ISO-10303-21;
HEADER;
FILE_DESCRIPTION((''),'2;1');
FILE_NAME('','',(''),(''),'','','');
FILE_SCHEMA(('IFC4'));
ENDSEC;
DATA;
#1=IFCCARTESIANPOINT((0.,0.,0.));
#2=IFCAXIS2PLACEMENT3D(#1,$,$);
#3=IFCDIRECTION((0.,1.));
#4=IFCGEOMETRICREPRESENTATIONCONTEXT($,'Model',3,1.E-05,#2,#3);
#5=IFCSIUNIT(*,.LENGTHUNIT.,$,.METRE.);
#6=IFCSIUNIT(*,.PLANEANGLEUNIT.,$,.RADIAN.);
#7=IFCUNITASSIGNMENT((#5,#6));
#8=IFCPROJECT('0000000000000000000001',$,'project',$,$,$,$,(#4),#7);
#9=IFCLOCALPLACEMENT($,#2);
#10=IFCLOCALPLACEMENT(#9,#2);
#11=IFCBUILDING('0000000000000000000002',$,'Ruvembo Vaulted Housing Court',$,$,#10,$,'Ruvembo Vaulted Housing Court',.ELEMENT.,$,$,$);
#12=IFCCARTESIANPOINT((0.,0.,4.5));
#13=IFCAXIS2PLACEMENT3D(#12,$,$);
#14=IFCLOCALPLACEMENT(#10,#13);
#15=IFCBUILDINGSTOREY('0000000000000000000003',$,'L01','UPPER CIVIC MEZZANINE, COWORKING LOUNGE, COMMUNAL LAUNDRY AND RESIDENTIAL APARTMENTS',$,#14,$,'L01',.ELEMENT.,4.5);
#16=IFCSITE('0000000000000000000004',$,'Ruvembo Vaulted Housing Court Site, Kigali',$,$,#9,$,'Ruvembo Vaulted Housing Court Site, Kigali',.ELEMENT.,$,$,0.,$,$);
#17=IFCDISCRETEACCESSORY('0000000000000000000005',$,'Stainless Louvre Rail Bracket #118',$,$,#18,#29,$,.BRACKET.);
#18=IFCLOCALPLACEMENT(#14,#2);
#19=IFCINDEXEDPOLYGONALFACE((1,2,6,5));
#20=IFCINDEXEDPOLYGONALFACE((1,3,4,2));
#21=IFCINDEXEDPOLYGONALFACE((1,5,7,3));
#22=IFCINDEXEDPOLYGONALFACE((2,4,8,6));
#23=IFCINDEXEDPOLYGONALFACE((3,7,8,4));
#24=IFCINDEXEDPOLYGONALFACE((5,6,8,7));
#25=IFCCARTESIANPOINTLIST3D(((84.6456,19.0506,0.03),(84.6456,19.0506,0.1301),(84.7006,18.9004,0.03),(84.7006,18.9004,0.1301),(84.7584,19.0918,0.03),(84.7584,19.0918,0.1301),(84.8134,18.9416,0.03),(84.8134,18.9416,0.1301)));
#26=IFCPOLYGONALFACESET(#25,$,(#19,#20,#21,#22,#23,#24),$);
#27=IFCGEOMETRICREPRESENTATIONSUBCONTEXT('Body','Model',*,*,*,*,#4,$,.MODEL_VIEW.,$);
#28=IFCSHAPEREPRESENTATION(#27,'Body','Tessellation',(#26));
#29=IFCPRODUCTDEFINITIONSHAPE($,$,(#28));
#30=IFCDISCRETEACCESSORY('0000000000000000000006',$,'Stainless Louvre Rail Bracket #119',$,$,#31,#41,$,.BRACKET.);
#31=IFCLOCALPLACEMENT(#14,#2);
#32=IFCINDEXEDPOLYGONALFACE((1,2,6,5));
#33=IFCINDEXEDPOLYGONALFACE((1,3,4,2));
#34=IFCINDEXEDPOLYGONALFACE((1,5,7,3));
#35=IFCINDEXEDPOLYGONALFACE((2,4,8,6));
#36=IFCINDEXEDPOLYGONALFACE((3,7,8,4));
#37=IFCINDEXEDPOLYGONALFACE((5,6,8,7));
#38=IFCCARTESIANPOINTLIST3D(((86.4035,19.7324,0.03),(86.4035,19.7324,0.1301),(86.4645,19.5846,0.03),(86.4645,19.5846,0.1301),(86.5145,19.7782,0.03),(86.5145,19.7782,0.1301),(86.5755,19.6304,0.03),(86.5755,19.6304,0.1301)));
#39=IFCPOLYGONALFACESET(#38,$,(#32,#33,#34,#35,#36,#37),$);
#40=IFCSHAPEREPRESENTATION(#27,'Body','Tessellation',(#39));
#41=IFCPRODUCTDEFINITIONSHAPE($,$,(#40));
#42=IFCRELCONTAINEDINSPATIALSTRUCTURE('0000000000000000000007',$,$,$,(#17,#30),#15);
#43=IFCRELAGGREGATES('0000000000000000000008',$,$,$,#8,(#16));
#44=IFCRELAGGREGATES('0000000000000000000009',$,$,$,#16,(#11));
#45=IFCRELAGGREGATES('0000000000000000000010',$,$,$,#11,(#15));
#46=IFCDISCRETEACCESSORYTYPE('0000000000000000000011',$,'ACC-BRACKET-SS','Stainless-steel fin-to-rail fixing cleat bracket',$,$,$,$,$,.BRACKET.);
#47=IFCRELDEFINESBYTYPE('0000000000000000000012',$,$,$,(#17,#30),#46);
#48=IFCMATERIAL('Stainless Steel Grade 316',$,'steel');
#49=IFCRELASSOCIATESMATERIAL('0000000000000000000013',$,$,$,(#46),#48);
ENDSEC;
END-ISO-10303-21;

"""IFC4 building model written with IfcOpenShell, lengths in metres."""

from ifc_helpers import new_model, si_unit, direction, frame, origin, origin_2d, place, context, subcontext, project, spatial, rectangle, extrude, material, type_object, element, save


model = new_model("IFC4")

# Units and contexts
model_context = context("Model", 3, precision=1e-05, world=origin(), true_north=direction((0.0, 1.0)))
body_context = subcontext(model_context, "Body", "Model", "MODEL_VIEW")
ifc_project = project(units=[si_unit("LENGTHUNIT", "METRE"), si_unit("PLANEANGLEUNIT", "RADIAN")], contexts=[model_context])

# Site, building, storey
site_placement = place(None, origin())
site = spatial("IfcSite", under=ifc_project, at=site_placement, Name="Ruvembo Vaulted Housing Court Site, Kigali", LongName="Ruvembo Vaulted Housing Court Site, Kigali", CompositionType="ELEMENT", RefElevation=0.0)
building_placement = place(site_placement, origin())
building = spatial("IfcBuilding", under=site, at=building_placement, Name="Ruvembo Vaulted Housing Court", LongName="Ruvembo Vaulted Housing Court", CompositionType="ELEMENT")
storey_placement = place(building_placement, frame((0.0, 0.0, 4.5)))
storey = spatial("IfcBuildingStorey", under=building, at=storey_placement, Name="L01", Description="UPPER CIVIC MEZZANINE, COWORKING LOUNGE, COMMUNAL LAUNDRY AND RESIDENTIAL APARTMENTS", LongName="L01", CompositionType="ELEMENT", Elevation=4.5)

# Discrete accessories
ifc_material_1 = material(Name="Stainless Steel Grade 316", Category="steel")
discrete_accessory_type = type_object("IfcDiscreteAccessoryType", Name="ACC-BRACKET-SS", Description="Stainless-steel fin-to-rail fixing cleat bracket", PredefinedType="BRACKET", material=ifc_material_1)
for number, where, z_axis, x_axis, name in (
    (1, (84.7295, 18.9961, 0.03), (0.0, 0.0, 1.0), (0.343512, -0.939148, 0.0), "Stainless Louvre Rail Bracket #118"),
    (2, (86.4895, 19.6814, 0.03), (0.0, 0.0, 1.0), (0.381958, -0.92418, 0.0), "Stainless Louvre Rail Bracket #119"),
):
    element("IfcDiscreteAccessory", number, at=place(storey_placement, frame(where, z_axis=z_axis, x_axis=x_axis)), inside=storey, type_object=discrete_accessory_type, Name=name, PredefinedType="BRACKET", context=body_context, shape_type="SweptSolid", body=[
        extrude(rectangle(XDim=0.1599, YDim=0.1201, at=origin_2d()), origin(), (0.0, 0.0, 1.0), 0.1001),
    ])

save(model, "model.ifc")
